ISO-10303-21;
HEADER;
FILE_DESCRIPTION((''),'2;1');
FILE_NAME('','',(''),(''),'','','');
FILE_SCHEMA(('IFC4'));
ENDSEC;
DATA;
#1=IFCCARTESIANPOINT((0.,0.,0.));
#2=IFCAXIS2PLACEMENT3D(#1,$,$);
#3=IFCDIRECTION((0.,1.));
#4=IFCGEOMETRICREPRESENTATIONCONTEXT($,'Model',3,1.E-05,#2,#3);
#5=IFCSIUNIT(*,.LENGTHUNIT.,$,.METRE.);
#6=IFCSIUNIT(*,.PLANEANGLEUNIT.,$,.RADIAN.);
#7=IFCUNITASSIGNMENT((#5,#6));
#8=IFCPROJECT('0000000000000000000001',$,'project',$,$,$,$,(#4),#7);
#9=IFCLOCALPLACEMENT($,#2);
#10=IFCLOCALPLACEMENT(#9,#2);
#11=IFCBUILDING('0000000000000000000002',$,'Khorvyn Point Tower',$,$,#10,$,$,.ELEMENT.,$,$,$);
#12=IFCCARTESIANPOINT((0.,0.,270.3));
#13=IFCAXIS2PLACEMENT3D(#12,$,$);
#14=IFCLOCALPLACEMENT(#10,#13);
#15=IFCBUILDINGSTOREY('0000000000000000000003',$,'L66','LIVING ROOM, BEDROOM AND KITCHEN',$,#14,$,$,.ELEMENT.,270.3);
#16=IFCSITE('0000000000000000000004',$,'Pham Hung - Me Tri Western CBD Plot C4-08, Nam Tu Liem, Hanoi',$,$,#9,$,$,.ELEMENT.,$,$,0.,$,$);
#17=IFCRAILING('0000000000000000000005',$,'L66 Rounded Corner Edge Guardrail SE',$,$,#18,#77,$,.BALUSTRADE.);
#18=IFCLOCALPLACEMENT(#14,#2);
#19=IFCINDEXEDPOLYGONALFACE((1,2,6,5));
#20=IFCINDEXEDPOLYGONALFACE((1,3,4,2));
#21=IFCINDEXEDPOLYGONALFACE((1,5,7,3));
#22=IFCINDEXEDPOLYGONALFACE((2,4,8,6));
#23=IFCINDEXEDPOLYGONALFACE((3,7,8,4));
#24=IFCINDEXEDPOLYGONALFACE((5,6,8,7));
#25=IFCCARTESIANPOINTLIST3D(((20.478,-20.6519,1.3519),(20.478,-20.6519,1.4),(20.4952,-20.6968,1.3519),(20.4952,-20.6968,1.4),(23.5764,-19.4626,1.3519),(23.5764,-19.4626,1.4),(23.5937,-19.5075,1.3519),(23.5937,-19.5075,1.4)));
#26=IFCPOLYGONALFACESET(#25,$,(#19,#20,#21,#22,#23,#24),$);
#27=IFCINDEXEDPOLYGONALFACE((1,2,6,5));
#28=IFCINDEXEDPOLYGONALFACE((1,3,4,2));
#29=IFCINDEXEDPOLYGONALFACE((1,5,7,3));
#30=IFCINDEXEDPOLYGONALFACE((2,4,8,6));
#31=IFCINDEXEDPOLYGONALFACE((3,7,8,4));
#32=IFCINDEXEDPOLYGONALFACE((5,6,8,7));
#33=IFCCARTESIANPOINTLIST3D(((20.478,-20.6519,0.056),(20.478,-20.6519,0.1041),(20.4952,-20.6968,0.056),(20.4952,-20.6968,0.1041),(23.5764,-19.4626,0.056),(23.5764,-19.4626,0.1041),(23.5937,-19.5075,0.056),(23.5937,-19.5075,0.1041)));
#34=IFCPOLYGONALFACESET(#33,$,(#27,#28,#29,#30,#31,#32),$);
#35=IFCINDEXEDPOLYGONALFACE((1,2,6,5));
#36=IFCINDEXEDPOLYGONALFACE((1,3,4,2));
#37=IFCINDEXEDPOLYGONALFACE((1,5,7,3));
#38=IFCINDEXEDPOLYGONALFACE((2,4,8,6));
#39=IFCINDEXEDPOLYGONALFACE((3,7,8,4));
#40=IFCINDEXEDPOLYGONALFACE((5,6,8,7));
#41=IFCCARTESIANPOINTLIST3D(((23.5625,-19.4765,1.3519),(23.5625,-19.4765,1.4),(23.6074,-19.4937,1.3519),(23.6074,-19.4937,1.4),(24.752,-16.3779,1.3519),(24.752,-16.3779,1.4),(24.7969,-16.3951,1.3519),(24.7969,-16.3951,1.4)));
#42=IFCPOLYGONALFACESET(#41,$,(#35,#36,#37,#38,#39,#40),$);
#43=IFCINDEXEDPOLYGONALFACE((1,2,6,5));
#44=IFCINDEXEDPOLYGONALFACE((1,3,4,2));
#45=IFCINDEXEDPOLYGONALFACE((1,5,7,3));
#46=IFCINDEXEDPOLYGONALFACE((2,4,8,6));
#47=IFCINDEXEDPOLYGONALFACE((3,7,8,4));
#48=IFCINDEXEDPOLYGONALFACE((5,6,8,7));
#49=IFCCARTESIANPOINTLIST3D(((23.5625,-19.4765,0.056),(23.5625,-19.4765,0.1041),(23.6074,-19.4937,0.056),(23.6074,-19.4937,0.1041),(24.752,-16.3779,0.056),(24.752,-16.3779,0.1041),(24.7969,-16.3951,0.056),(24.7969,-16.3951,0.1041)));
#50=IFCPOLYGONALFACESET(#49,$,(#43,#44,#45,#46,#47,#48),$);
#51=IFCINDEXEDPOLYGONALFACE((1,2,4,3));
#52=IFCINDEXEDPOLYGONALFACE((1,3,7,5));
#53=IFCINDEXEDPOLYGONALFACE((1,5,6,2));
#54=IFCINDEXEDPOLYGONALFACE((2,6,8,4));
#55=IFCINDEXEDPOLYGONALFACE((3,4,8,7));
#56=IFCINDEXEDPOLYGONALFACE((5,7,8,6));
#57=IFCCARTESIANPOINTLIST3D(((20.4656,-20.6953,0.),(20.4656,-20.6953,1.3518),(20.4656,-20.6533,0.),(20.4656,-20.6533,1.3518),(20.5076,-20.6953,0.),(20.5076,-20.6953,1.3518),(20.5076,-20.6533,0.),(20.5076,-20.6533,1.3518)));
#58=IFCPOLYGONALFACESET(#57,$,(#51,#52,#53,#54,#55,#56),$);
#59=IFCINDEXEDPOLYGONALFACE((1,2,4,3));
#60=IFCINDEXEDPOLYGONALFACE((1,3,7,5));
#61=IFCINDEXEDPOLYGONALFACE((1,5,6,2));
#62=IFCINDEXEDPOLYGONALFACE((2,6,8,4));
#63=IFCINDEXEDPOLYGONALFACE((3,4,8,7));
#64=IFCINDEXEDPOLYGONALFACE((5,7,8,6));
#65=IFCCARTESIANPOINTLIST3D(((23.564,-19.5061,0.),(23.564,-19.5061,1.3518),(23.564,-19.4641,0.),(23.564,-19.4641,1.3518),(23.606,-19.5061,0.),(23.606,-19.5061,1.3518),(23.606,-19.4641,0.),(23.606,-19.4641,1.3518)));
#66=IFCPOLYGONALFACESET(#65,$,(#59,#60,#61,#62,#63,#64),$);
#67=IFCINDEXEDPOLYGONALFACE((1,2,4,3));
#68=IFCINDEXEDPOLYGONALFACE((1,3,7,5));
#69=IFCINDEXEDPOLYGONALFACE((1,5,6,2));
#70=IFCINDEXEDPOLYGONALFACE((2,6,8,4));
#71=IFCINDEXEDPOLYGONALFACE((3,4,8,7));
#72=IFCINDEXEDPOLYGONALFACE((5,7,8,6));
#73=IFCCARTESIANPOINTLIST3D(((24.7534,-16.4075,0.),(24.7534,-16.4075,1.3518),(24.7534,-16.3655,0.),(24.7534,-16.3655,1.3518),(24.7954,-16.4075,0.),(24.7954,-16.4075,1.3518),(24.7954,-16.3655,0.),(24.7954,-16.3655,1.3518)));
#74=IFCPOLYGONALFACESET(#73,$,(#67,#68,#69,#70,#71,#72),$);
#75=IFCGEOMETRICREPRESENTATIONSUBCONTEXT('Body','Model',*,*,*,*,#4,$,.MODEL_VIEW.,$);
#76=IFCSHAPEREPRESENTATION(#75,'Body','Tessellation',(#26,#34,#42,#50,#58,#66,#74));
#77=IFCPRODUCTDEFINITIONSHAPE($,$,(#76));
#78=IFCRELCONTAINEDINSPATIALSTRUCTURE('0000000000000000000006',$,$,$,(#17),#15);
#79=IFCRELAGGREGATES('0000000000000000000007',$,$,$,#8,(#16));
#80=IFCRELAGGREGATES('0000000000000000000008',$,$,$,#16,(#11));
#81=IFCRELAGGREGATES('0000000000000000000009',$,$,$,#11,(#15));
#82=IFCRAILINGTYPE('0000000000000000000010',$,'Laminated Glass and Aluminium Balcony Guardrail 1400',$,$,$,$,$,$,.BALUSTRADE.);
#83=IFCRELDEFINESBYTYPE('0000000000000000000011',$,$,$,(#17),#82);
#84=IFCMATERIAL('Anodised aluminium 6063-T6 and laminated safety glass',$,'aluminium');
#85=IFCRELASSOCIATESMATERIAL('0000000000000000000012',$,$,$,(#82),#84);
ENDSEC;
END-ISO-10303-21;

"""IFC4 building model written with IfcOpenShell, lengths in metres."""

from ifc_helpers import new_model, si_unit, direction, frame, origin, origin_2d, place, context, subcontext, project, spatial, rectangle, extrude, material, type_object, element, save


model = new_model("IFC4")

# Units and contexts
model_context = context("Model", 3, precision=1e-05, world=origin(), true_north=direction((0.0, 1.0)))
body_context = subcontext(model_context, "Body", "Model", "MODEL_VIEW")
ifc_project = project(units=[si_unit("LENGTHUNIT", "METRE"), si_unit("PLANEANGLEUNIT", "RADIAN")], contexts=[model_context])

# Site, building, storey
site_placement = place(None, origin())
site = spatial("IfcSite", under=ifc_project, at=site_placement, Name="Pham Hung - Me Tri Western CBD Plot C4-08, Nam Tu Liem, Hanoi", CompositionType="ELEMENT", RefElevation=0.0)
building_placement = place(site_placement, origin())
building = spatial("IfcBuilding", under=site, at=building_placement, Name="Khorvyn Point Tower", CompositionType="ELEMENT")
storey_placement = place(building_placement, frame((0.0, 0.0, 270.3)))
storey = spatial("IfcBuildingStorey", under=building, at=storey_placement, Name="L66", Description="LIVING ROOM, BEDROOM AND KITCHEN", CompositionType="ELEMENT", Elevation=270.3)

# Railing
ifc_material_1 = material(Name="Anodised aluminium 6063-T6 and laminated safety glass", Category="aluminium")
railing_type = type_object("IfcRailingType", Name="Laminated Glass and Aluminium Balcony Guardrail 1400", PredefinedType="BALUSTRADE", material=ifc_material_1)
railing_placement = place(storey_placement, frame((20.4866, -20.6743, 0.0)))
element("IfcRailing", 1, at=railing_placement, inside=storey, type_object=railing_type, Name="L66 Rounded Corner Edge Guardrail SE", PredefinedType="BALUSTRADE", context=body_context, shape_type="SweptSolid", body=[
    extrude(rectangle(XDim=0.0481, YDim=0.0481, at=origin_2d()), frame((0.0, 0.0, 1.376), z_axis=(0.933596, 0.358328, 0.0), x_axis=(-0.358328, 0.933596, 0.0)), (0.0, 0.0, 1.0), 3.3188),
    extrude(rectangle(XDim=0.0481, YDim=0.0481, at=origin_2d()), frame((0.0, 0.0, 0.0801), z_axis=(0.933596, 0.358328, 0.0), x_axis=(-0.358328, 0.933596, 0.0)), (0.0, 0.0, 1.0), 3.3188),
    extrude(rectangle(XDim=0.0481, YDim=0.0481, at=origin_2d()), frame((3.0984, 1.1892, 1.376), z_axis=(0.358368, 0.93358, 0.0), x_axis=(-0.93358, 0.358368, 0.0)), (0.0, 0.0, 1.0), 3.3191),
    extrude(rectangle(XDim=0.0481, YDim=0.0481, at=origin_2d()), frame((3.0984, 1.1892, 0.0801), z_axis=(0.358368, 0.93358, 0.0), x_axis=(-0.93358, 0.358368, 0.0)), (0.0, 0.0, 1.0), 3.3191),
    extrude(rectangle(XDim=0.042, YDim=0.042, at=origin_2d()), origin(), (0.0, 0.0, 1.0), 1.3518),
    extrude(rectangle(XDim=0.042, YDim=0.042, at=origin_2d()), frame((3.0984, 1.1892, 0.0)), (0.0, 0.0, 1.0), 1.3518),
    extrude(rectangle(XDim=0.042, YDim=0.042, at=origin_2d()), frame((4.2878, 4.2878, 0.0)), (0.0, 0.0, 1.0), 1.3518),
])

save(model, "model.ifc")
